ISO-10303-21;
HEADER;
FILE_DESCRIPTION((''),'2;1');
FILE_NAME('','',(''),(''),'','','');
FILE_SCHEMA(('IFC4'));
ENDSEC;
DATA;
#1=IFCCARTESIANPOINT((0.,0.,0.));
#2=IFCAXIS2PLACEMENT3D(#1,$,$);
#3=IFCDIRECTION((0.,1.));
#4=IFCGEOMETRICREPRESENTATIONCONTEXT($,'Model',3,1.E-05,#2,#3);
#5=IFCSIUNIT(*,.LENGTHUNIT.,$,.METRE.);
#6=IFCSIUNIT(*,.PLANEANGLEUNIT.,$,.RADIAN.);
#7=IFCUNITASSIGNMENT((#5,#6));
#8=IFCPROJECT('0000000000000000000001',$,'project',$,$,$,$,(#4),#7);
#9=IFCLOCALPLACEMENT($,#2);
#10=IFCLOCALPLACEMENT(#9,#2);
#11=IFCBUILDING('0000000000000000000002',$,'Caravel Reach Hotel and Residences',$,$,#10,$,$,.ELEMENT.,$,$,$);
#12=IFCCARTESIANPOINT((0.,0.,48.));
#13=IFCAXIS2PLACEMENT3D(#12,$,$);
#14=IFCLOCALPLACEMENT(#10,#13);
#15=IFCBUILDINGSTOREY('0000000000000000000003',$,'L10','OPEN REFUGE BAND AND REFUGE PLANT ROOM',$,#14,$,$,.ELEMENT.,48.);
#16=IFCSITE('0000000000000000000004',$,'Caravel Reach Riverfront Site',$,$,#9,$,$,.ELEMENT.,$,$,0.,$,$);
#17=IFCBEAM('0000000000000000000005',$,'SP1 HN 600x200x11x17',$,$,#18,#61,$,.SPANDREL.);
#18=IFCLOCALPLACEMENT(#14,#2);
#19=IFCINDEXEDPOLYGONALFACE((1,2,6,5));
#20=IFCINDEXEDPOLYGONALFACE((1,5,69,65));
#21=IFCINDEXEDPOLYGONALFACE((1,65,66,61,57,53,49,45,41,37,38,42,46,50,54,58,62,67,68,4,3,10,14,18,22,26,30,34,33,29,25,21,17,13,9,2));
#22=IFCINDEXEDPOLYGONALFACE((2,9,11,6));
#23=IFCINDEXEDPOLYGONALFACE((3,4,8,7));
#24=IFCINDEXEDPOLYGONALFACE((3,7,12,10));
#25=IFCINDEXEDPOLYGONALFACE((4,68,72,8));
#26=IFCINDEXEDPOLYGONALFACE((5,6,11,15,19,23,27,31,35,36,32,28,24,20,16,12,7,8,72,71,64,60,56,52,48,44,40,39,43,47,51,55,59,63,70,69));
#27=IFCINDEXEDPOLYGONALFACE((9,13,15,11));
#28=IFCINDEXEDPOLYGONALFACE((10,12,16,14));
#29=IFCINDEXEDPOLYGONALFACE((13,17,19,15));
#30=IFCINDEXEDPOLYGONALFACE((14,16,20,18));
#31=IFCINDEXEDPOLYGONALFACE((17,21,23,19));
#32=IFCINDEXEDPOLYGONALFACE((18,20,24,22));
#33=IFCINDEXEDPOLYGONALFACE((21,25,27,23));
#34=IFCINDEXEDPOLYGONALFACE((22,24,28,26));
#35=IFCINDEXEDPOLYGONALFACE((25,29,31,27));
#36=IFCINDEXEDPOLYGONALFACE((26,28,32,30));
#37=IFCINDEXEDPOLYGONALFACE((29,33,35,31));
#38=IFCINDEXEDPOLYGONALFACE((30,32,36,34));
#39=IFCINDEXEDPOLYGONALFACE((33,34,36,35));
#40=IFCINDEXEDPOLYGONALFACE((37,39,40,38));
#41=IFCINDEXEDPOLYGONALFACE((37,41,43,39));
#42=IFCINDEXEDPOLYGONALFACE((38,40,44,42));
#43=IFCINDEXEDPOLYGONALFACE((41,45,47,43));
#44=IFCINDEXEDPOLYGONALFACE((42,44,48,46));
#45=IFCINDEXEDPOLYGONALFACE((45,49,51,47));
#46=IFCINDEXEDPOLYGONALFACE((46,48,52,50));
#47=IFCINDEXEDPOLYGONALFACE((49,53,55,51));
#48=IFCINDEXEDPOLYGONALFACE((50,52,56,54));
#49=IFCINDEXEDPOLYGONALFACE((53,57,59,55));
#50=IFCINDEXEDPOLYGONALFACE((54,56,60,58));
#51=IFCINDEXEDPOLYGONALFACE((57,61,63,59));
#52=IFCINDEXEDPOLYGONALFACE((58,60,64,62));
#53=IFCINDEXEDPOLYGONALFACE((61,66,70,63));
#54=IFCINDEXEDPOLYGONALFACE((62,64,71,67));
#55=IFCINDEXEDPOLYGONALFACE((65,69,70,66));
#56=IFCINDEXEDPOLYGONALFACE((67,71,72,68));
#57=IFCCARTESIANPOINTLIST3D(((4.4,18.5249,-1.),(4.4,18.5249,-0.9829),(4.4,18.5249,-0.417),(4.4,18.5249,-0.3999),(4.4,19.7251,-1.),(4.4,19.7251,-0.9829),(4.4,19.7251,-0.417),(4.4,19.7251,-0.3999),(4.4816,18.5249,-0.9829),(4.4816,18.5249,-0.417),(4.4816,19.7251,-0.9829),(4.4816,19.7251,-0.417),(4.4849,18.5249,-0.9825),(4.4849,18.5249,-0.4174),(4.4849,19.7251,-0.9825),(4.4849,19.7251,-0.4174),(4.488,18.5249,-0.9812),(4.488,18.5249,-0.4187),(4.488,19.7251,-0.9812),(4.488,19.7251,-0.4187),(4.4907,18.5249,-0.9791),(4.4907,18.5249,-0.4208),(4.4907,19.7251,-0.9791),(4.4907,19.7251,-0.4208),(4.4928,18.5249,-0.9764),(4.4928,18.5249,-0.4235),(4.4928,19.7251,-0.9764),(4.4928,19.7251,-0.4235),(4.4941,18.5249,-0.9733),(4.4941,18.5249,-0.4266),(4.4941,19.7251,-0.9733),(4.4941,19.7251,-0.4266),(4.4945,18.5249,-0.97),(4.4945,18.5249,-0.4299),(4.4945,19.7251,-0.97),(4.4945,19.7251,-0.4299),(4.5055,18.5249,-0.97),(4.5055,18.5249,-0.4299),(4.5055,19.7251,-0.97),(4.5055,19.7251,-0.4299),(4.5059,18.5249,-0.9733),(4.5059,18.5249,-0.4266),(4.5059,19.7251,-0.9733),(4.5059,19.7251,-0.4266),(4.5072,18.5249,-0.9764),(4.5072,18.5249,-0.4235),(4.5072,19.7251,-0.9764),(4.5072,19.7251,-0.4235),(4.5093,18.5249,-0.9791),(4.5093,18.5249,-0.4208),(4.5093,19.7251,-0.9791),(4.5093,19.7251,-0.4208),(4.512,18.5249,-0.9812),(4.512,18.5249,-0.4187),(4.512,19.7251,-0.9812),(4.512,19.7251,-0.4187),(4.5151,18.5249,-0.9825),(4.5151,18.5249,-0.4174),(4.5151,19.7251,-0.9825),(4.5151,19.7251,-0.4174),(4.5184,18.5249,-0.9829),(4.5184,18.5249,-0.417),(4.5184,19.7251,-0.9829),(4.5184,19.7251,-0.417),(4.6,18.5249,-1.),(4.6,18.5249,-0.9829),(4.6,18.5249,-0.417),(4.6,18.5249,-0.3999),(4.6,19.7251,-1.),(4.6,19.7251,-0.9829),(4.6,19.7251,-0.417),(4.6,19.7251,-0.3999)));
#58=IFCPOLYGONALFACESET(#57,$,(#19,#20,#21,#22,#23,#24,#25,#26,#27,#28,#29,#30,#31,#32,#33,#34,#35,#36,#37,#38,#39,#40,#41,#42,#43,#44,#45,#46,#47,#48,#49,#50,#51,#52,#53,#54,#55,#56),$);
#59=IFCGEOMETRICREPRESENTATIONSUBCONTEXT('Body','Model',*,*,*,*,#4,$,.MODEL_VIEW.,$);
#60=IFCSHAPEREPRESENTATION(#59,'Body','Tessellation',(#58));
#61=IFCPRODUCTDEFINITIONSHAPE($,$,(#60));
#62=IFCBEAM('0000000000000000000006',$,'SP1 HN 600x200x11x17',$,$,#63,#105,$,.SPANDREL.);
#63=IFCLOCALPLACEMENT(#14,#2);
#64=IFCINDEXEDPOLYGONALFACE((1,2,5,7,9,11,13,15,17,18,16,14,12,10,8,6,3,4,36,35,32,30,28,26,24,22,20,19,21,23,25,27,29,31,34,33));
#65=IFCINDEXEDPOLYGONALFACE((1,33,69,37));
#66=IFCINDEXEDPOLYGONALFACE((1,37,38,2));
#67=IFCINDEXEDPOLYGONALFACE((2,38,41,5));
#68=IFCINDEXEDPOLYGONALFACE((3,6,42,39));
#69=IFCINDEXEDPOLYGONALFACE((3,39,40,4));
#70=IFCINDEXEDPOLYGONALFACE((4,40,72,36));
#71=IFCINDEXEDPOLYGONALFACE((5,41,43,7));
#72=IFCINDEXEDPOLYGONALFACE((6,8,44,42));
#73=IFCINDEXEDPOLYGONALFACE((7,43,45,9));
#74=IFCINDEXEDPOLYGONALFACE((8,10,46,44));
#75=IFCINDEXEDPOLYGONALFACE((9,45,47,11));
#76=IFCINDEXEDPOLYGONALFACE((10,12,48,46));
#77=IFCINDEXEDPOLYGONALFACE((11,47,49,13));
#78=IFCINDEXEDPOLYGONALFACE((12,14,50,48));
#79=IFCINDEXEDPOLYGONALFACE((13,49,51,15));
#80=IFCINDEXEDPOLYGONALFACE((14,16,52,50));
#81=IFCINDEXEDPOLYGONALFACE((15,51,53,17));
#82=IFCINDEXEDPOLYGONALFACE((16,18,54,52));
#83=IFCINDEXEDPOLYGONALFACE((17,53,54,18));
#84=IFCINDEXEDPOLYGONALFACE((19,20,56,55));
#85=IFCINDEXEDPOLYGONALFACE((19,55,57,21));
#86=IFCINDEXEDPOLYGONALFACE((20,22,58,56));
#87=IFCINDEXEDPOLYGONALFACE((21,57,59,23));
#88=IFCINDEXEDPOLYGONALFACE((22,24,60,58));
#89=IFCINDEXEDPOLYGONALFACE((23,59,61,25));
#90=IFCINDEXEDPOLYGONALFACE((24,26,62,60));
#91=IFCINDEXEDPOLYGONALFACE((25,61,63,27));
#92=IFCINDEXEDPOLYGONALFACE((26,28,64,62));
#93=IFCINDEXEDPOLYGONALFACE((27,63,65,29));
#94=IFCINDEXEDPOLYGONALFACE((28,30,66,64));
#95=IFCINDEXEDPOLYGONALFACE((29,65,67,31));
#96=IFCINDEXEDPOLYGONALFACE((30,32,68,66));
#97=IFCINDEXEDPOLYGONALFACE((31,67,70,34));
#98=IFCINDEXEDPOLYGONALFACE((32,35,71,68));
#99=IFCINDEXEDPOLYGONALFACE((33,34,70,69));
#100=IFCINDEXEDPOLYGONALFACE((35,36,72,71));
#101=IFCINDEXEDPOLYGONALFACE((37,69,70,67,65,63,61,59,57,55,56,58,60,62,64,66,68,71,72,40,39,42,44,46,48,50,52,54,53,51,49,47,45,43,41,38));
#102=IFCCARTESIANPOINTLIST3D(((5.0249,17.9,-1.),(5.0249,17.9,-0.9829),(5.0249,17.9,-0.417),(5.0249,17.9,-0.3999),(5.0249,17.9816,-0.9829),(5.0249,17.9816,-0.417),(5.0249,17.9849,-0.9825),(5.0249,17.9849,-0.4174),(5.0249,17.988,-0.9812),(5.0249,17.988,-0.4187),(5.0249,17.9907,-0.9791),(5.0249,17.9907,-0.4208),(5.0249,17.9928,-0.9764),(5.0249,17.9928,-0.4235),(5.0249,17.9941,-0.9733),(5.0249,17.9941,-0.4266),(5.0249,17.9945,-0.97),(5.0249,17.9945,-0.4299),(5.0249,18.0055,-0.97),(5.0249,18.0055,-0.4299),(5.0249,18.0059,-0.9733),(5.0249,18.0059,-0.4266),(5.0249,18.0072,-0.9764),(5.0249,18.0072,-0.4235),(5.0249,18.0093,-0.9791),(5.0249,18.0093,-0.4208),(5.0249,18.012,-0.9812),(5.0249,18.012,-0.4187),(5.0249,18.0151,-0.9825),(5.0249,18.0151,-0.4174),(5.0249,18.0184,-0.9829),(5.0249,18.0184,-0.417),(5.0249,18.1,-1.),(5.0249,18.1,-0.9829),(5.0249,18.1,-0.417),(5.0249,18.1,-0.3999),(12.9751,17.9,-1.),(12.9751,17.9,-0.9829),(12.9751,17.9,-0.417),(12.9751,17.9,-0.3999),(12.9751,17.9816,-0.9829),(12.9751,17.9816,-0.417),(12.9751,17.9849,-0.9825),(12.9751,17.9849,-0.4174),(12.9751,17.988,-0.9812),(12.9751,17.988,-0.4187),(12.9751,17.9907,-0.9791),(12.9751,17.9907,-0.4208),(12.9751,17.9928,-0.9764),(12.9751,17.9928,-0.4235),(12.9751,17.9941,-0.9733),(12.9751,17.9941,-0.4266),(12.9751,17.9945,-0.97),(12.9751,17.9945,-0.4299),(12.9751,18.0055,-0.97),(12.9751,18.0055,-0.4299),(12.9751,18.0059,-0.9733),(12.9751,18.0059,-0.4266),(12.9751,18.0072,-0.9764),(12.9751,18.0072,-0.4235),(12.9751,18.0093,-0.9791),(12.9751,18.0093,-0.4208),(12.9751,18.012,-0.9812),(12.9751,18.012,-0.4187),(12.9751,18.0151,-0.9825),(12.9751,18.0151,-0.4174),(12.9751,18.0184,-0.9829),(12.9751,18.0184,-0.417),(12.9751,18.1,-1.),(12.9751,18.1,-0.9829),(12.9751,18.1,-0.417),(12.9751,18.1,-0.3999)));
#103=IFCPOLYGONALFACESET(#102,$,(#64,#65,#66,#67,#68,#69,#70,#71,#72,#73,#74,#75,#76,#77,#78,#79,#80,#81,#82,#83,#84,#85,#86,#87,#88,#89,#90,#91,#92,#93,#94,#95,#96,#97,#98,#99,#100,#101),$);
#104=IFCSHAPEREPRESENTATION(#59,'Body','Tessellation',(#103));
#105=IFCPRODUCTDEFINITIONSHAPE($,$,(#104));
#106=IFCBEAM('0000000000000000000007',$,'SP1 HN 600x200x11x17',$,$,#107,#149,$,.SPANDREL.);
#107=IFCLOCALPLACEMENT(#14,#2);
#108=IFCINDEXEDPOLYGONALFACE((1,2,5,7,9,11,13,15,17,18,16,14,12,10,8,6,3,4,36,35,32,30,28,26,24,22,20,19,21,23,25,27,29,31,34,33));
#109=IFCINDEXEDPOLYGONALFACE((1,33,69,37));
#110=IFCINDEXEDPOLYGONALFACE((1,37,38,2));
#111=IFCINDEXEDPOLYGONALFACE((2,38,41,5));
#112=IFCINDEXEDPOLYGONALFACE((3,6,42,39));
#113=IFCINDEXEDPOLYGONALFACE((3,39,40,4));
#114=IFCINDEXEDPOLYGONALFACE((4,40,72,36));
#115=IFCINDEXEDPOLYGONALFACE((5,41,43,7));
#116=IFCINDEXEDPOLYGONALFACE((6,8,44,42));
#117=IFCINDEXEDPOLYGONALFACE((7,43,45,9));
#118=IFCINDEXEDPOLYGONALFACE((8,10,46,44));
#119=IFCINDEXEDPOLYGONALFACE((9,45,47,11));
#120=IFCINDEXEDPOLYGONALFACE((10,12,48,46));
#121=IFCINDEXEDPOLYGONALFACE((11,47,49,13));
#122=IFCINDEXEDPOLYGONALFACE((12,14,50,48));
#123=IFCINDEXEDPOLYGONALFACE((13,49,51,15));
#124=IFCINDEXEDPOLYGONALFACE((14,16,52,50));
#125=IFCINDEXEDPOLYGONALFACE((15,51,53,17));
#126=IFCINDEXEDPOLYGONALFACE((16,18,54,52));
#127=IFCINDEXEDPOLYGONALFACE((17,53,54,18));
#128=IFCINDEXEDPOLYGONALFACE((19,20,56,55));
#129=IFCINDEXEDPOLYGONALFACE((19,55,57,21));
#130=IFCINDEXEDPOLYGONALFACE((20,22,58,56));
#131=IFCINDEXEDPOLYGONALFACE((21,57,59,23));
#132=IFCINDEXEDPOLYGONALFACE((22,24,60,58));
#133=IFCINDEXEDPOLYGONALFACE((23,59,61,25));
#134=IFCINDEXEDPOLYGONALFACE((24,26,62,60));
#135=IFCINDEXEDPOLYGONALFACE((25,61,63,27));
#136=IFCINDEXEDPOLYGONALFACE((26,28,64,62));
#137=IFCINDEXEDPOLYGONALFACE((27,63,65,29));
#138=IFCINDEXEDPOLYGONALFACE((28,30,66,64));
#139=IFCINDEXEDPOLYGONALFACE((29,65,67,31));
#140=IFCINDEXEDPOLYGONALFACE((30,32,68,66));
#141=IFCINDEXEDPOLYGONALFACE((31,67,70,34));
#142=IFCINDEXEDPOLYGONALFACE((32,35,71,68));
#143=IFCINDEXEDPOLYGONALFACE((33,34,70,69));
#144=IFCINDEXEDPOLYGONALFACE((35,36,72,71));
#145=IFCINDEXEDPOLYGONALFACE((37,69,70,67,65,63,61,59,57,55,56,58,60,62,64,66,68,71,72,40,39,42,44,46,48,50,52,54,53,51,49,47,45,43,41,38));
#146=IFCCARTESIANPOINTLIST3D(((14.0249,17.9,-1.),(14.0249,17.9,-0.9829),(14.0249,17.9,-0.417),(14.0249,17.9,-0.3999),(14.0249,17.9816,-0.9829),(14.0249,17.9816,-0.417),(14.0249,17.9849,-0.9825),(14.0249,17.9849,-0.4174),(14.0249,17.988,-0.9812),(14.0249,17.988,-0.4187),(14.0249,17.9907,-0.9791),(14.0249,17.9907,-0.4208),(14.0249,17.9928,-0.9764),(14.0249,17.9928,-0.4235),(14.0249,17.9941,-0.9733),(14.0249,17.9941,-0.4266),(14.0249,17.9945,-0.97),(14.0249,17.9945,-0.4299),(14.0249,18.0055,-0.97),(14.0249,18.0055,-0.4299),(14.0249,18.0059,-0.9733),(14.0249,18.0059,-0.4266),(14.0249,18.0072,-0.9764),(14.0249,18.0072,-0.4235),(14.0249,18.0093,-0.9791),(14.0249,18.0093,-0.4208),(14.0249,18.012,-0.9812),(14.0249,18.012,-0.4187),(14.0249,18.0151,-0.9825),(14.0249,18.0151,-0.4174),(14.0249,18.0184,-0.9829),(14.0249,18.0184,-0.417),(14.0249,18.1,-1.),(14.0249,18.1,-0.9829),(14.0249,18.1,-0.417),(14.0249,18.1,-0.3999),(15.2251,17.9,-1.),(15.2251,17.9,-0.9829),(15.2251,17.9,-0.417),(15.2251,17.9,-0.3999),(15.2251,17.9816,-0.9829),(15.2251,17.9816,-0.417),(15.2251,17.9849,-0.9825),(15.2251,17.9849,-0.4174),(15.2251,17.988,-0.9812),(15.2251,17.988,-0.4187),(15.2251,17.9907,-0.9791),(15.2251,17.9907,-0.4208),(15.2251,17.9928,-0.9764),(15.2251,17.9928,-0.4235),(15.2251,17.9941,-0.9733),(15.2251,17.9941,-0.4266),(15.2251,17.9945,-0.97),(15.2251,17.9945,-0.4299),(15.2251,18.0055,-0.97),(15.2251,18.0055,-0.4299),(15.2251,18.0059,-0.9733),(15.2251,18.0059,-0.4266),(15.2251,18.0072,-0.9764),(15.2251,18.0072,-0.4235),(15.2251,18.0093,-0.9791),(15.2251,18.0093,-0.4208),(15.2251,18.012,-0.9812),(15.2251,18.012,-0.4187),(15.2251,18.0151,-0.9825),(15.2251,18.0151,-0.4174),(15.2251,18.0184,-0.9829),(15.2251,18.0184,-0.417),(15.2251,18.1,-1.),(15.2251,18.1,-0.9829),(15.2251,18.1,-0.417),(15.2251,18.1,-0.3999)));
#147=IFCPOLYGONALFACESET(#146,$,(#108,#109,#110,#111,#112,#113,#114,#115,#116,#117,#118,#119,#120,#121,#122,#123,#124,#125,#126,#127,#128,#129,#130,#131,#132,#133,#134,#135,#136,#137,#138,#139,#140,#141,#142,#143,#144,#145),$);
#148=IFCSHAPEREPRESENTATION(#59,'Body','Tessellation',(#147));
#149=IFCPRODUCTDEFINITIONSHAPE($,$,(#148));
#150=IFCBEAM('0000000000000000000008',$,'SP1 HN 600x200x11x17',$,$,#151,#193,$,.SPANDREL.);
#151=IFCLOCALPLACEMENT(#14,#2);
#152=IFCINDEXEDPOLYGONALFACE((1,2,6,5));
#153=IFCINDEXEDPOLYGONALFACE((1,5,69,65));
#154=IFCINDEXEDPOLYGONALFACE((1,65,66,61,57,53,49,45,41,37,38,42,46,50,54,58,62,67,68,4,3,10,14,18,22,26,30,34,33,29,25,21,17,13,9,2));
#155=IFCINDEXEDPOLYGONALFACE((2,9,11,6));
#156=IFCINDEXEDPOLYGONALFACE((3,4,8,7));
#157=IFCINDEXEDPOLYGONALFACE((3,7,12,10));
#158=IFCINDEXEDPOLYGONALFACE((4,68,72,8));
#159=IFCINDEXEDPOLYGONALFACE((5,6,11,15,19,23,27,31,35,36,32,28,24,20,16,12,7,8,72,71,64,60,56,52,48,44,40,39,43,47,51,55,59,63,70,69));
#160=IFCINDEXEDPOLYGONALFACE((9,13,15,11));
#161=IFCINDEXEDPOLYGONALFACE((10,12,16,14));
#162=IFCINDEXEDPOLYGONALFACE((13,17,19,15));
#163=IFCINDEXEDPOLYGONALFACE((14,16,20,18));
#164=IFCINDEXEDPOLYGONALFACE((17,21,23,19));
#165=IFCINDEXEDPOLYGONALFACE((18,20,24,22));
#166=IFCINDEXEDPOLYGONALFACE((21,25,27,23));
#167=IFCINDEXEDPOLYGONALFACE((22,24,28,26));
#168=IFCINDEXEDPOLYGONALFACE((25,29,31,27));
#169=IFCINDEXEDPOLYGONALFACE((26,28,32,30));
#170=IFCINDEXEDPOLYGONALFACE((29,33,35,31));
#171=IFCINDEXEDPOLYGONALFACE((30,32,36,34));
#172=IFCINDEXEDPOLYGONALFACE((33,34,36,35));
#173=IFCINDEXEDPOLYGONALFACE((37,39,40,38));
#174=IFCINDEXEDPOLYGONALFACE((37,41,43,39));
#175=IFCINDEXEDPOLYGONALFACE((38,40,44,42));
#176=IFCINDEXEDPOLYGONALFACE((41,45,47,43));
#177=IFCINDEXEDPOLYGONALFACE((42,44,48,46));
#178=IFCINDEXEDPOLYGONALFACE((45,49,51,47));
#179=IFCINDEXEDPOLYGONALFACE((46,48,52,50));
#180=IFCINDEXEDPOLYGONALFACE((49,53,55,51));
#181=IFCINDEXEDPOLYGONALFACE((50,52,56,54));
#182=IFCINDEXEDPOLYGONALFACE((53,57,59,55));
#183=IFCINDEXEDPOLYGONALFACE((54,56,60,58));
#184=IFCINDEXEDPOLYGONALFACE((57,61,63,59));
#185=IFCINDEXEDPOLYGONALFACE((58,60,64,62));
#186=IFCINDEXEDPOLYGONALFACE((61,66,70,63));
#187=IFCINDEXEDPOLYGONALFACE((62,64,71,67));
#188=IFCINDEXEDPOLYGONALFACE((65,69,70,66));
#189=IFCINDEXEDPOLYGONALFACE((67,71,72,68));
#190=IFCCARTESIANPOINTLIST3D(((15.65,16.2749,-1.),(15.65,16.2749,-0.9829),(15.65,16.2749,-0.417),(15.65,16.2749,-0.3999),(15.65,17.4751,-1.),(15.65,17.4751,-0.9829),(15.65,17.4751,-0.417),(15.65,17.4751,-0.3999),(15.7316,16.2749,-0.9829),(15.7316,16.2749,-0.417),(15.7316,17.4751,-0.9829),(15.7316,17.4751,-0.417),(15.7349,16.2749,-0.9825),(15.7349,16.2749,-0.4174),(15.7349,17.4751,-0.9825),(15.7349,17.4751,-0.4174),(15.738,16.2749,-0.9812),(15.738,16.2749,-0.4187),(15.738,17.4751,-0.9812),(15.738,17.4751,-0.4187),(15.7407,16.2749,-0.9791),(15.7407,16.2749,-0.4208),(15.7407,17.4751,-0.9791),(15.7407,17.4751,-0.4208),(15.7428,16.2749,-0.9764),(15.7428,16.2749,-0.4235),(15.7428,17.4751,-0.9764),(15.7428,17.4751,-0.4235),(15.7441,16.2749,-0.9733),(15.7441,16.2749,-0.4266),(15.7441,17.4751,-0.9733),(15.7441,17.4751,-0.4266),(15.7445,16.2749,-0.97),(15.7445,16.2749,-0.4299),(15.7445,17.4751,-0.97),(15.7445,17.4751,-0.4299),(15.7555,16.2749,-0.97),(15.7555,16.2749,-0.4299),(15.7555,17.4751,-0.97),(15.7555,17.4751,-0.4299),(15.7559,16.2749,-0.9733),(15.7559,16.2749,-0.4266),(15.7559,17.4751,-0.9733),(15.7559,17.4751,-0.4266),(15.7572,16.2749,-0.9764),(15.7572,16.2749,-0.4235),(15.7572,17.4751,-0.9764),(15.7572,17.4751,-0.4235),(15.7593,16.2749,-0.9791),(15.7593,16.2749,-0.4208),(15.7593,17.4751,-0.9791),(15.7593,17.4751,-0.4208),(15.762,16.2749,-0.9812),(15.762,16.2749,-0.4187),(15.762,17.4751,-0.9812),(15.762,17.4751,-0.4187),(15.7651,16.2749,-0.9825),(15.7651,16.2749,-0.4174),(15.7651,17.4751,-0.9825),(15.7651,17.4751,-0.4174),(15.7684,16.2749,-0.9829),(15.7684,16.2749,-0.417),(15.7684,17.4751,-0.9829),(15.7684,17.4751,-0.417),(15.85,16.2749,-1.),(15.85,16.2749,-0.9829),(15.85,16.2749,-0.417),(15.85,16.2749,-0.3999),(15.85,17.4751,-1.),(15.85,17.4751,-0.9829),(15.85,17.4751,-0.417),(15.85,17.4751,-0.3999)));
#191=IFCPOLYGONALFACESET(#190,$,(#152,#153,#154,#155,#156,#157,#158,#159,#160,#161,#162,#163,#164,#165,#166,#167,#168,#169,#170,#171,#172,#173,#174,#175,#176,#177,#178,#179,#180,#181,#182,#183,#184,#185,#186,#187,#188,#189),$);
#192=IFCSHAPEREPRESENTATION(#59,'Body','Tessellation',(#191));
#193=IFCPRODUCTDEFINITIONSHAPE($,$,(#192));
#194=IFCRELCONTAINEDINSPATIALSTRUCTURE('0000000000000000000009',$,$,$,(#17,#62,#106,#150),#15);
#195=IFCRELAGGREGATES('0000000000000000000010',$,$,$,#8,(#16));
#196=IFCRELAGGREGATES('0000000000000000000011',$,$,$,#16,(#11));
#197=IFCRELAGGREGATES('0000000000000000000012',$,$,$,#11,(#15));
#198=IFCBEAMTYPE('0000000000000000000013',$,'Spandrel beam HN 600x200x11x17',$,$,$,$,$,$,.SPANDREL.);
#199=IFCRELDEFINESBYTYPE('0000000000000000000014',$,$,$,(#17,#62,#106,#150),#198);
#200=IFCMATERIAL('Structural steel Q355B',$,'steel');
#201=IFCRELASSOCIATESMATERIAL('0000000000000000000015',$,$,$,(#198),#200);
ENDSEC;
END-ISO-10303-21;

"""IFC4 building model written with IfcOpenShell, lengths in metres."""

from ifc_helpers import new_model, si_unit, direction, frame, origin, origin_2d, place, context, subcontext, project, spatial, i_section, extrude, material, material_profile, profile_set, type_object, element, save


model = new_model("IFC4")

# Units and contexts
model_context = context("Model", 3, precision=1e-05, world=origin(), true_north=direction((0.0, 1.0)))
body_context = subcontext(model_context, "Body", "Model", "MODEL_VIEW")
ifc_project = project(units=[si_unit("LENGTHUNIT", "METRE"), si_unit("PLANEANGLEUNIT", "RADIAN")], contexts=[model_context])

# Site, building, storey
site_placement = place(None, origin())
site = spatial("IfcSite", under=ifc_project, at=site_placement, Name="Caravel Reach Riverfront Site", CompositionType="ELEMENT", RefElevation=0.0)
building_placement = place(site_placement, origin())
building = spatial("IfcBuilding", under=site, at=building_placement, Name="Caravel Reach Hotel and Residences", CompositionType="ELEMENT")
storey_placement = place(building_placement, frame((0.0, 0.0, 48.0)))
storey = spatial("IfcBuildingStorey", under=building, at=storey_placement, Name="L10", Description="OPEN REFUGE BAND AND REFUGE PLANT ROOM", CompositionType="ELEMENT", Elevation=48.0)

# Beams
ifc_material_1 = material(Name="Structural steel Q355B", Category="steel")
ifc_material_profile_1 = material_profile(ifc_material_1, i_section(OverallWidth=0.2, OverallDepth=0.6001, WebThickness=0.011, FlangeThickness=0.0171, FilletRadius=0.0129, at=origin_2d()), Name="HN 600x200x11x17")
ifc_profile_set_1 = profile_set([ifc_material_profile_1], Name="Structural steel Q355B")
beam_type_1 = type_object("IfcBeamType", Name="Spandrel beam HN 600x200x11x17", PredefinedType="SPANDREL", material=ifc_profile_set_1)
for number, where, z_axis, x_axis, name in (
    (1, (4.5, 19.7251, -0.7), (0.0, -1.0, 0.0), (1.0, 0.0, 0.0), "SP1 HN 600x200x11x17"),
):
    element("IfcBeam", number, at=place(storey_placement, frame(where, z_axis=z_axis, x_axis=x_axis)), inside=storey, type_object=beam_type_1, Name=name, PredefinedType="SPANDREL", context=body_context, shape_type="SweptSolid", body=[
        extrude(i_section(OverallWidth=0.2, OverallDepth=0.6001, WebThickness=0.011, FlangeThickness=0.0171, FilletRadius=0.0129, at=origin_2d()), origin(), (0.0, 0.0, 1.0), 1.2002),
    ])
beam_1_placement = place(storey_placement, frame((5.0249, 18.0, -0.7), z_axis=(1.0, 0.0, 0.0), x_axis=(0.0, 1.0, 0.0)))
element("IfcBeam", 2, at=beam_1_placement, inside=storey, type_object=beam_type_1, Name="SP1 HN 600x200x11x17", PredefinedType="SPANDREL", context=body_context, shape_type="SweptSolid", body=[
    extrude(i_section(OverallWidth=0.2, OverallDepth=0.6001, WebThickness=0.011, FlangeThickness=0.0171, FilletRadius=0.0129, at=origin_2d()), origin(), (0.0, 0.0, 1.0), 7.9502),
])
for number, where, z_axis, x_axis, name in (
    (3, (14.0249, 18.0, -0.7), (1.0, 0.0, 0.0), (0.0, 1.0, 0.0), "SP1 HN 600x200x11x17"),
    (4, (15.75, 17.4751, -0.7), (0.0, -1.0, 0.0), (1.0, 0.0, 0.0), "SP1 HN 600x200x11x17"),
):
    element("IfcBeam", number, at=place(storey_placement, frame(where, z_axis=z_axis, x_axis=x_axis)), inside=storey, type_object=beam_type_1, Name=name, PredefinedType="SPANDREL", context=body_context, shape_type="SweptSolid", body=[
        extrude(i_section(OverallWidth=0.2, OverallDepth=0.6001, WebThickness=0.011, FlangeThickness=0.0171, FilletRadius=0.0129, at=origin_2d()), origin(), (0.0, 0.0, 1.0), 1.2002),
    ])

save(model, "model.ifc")
